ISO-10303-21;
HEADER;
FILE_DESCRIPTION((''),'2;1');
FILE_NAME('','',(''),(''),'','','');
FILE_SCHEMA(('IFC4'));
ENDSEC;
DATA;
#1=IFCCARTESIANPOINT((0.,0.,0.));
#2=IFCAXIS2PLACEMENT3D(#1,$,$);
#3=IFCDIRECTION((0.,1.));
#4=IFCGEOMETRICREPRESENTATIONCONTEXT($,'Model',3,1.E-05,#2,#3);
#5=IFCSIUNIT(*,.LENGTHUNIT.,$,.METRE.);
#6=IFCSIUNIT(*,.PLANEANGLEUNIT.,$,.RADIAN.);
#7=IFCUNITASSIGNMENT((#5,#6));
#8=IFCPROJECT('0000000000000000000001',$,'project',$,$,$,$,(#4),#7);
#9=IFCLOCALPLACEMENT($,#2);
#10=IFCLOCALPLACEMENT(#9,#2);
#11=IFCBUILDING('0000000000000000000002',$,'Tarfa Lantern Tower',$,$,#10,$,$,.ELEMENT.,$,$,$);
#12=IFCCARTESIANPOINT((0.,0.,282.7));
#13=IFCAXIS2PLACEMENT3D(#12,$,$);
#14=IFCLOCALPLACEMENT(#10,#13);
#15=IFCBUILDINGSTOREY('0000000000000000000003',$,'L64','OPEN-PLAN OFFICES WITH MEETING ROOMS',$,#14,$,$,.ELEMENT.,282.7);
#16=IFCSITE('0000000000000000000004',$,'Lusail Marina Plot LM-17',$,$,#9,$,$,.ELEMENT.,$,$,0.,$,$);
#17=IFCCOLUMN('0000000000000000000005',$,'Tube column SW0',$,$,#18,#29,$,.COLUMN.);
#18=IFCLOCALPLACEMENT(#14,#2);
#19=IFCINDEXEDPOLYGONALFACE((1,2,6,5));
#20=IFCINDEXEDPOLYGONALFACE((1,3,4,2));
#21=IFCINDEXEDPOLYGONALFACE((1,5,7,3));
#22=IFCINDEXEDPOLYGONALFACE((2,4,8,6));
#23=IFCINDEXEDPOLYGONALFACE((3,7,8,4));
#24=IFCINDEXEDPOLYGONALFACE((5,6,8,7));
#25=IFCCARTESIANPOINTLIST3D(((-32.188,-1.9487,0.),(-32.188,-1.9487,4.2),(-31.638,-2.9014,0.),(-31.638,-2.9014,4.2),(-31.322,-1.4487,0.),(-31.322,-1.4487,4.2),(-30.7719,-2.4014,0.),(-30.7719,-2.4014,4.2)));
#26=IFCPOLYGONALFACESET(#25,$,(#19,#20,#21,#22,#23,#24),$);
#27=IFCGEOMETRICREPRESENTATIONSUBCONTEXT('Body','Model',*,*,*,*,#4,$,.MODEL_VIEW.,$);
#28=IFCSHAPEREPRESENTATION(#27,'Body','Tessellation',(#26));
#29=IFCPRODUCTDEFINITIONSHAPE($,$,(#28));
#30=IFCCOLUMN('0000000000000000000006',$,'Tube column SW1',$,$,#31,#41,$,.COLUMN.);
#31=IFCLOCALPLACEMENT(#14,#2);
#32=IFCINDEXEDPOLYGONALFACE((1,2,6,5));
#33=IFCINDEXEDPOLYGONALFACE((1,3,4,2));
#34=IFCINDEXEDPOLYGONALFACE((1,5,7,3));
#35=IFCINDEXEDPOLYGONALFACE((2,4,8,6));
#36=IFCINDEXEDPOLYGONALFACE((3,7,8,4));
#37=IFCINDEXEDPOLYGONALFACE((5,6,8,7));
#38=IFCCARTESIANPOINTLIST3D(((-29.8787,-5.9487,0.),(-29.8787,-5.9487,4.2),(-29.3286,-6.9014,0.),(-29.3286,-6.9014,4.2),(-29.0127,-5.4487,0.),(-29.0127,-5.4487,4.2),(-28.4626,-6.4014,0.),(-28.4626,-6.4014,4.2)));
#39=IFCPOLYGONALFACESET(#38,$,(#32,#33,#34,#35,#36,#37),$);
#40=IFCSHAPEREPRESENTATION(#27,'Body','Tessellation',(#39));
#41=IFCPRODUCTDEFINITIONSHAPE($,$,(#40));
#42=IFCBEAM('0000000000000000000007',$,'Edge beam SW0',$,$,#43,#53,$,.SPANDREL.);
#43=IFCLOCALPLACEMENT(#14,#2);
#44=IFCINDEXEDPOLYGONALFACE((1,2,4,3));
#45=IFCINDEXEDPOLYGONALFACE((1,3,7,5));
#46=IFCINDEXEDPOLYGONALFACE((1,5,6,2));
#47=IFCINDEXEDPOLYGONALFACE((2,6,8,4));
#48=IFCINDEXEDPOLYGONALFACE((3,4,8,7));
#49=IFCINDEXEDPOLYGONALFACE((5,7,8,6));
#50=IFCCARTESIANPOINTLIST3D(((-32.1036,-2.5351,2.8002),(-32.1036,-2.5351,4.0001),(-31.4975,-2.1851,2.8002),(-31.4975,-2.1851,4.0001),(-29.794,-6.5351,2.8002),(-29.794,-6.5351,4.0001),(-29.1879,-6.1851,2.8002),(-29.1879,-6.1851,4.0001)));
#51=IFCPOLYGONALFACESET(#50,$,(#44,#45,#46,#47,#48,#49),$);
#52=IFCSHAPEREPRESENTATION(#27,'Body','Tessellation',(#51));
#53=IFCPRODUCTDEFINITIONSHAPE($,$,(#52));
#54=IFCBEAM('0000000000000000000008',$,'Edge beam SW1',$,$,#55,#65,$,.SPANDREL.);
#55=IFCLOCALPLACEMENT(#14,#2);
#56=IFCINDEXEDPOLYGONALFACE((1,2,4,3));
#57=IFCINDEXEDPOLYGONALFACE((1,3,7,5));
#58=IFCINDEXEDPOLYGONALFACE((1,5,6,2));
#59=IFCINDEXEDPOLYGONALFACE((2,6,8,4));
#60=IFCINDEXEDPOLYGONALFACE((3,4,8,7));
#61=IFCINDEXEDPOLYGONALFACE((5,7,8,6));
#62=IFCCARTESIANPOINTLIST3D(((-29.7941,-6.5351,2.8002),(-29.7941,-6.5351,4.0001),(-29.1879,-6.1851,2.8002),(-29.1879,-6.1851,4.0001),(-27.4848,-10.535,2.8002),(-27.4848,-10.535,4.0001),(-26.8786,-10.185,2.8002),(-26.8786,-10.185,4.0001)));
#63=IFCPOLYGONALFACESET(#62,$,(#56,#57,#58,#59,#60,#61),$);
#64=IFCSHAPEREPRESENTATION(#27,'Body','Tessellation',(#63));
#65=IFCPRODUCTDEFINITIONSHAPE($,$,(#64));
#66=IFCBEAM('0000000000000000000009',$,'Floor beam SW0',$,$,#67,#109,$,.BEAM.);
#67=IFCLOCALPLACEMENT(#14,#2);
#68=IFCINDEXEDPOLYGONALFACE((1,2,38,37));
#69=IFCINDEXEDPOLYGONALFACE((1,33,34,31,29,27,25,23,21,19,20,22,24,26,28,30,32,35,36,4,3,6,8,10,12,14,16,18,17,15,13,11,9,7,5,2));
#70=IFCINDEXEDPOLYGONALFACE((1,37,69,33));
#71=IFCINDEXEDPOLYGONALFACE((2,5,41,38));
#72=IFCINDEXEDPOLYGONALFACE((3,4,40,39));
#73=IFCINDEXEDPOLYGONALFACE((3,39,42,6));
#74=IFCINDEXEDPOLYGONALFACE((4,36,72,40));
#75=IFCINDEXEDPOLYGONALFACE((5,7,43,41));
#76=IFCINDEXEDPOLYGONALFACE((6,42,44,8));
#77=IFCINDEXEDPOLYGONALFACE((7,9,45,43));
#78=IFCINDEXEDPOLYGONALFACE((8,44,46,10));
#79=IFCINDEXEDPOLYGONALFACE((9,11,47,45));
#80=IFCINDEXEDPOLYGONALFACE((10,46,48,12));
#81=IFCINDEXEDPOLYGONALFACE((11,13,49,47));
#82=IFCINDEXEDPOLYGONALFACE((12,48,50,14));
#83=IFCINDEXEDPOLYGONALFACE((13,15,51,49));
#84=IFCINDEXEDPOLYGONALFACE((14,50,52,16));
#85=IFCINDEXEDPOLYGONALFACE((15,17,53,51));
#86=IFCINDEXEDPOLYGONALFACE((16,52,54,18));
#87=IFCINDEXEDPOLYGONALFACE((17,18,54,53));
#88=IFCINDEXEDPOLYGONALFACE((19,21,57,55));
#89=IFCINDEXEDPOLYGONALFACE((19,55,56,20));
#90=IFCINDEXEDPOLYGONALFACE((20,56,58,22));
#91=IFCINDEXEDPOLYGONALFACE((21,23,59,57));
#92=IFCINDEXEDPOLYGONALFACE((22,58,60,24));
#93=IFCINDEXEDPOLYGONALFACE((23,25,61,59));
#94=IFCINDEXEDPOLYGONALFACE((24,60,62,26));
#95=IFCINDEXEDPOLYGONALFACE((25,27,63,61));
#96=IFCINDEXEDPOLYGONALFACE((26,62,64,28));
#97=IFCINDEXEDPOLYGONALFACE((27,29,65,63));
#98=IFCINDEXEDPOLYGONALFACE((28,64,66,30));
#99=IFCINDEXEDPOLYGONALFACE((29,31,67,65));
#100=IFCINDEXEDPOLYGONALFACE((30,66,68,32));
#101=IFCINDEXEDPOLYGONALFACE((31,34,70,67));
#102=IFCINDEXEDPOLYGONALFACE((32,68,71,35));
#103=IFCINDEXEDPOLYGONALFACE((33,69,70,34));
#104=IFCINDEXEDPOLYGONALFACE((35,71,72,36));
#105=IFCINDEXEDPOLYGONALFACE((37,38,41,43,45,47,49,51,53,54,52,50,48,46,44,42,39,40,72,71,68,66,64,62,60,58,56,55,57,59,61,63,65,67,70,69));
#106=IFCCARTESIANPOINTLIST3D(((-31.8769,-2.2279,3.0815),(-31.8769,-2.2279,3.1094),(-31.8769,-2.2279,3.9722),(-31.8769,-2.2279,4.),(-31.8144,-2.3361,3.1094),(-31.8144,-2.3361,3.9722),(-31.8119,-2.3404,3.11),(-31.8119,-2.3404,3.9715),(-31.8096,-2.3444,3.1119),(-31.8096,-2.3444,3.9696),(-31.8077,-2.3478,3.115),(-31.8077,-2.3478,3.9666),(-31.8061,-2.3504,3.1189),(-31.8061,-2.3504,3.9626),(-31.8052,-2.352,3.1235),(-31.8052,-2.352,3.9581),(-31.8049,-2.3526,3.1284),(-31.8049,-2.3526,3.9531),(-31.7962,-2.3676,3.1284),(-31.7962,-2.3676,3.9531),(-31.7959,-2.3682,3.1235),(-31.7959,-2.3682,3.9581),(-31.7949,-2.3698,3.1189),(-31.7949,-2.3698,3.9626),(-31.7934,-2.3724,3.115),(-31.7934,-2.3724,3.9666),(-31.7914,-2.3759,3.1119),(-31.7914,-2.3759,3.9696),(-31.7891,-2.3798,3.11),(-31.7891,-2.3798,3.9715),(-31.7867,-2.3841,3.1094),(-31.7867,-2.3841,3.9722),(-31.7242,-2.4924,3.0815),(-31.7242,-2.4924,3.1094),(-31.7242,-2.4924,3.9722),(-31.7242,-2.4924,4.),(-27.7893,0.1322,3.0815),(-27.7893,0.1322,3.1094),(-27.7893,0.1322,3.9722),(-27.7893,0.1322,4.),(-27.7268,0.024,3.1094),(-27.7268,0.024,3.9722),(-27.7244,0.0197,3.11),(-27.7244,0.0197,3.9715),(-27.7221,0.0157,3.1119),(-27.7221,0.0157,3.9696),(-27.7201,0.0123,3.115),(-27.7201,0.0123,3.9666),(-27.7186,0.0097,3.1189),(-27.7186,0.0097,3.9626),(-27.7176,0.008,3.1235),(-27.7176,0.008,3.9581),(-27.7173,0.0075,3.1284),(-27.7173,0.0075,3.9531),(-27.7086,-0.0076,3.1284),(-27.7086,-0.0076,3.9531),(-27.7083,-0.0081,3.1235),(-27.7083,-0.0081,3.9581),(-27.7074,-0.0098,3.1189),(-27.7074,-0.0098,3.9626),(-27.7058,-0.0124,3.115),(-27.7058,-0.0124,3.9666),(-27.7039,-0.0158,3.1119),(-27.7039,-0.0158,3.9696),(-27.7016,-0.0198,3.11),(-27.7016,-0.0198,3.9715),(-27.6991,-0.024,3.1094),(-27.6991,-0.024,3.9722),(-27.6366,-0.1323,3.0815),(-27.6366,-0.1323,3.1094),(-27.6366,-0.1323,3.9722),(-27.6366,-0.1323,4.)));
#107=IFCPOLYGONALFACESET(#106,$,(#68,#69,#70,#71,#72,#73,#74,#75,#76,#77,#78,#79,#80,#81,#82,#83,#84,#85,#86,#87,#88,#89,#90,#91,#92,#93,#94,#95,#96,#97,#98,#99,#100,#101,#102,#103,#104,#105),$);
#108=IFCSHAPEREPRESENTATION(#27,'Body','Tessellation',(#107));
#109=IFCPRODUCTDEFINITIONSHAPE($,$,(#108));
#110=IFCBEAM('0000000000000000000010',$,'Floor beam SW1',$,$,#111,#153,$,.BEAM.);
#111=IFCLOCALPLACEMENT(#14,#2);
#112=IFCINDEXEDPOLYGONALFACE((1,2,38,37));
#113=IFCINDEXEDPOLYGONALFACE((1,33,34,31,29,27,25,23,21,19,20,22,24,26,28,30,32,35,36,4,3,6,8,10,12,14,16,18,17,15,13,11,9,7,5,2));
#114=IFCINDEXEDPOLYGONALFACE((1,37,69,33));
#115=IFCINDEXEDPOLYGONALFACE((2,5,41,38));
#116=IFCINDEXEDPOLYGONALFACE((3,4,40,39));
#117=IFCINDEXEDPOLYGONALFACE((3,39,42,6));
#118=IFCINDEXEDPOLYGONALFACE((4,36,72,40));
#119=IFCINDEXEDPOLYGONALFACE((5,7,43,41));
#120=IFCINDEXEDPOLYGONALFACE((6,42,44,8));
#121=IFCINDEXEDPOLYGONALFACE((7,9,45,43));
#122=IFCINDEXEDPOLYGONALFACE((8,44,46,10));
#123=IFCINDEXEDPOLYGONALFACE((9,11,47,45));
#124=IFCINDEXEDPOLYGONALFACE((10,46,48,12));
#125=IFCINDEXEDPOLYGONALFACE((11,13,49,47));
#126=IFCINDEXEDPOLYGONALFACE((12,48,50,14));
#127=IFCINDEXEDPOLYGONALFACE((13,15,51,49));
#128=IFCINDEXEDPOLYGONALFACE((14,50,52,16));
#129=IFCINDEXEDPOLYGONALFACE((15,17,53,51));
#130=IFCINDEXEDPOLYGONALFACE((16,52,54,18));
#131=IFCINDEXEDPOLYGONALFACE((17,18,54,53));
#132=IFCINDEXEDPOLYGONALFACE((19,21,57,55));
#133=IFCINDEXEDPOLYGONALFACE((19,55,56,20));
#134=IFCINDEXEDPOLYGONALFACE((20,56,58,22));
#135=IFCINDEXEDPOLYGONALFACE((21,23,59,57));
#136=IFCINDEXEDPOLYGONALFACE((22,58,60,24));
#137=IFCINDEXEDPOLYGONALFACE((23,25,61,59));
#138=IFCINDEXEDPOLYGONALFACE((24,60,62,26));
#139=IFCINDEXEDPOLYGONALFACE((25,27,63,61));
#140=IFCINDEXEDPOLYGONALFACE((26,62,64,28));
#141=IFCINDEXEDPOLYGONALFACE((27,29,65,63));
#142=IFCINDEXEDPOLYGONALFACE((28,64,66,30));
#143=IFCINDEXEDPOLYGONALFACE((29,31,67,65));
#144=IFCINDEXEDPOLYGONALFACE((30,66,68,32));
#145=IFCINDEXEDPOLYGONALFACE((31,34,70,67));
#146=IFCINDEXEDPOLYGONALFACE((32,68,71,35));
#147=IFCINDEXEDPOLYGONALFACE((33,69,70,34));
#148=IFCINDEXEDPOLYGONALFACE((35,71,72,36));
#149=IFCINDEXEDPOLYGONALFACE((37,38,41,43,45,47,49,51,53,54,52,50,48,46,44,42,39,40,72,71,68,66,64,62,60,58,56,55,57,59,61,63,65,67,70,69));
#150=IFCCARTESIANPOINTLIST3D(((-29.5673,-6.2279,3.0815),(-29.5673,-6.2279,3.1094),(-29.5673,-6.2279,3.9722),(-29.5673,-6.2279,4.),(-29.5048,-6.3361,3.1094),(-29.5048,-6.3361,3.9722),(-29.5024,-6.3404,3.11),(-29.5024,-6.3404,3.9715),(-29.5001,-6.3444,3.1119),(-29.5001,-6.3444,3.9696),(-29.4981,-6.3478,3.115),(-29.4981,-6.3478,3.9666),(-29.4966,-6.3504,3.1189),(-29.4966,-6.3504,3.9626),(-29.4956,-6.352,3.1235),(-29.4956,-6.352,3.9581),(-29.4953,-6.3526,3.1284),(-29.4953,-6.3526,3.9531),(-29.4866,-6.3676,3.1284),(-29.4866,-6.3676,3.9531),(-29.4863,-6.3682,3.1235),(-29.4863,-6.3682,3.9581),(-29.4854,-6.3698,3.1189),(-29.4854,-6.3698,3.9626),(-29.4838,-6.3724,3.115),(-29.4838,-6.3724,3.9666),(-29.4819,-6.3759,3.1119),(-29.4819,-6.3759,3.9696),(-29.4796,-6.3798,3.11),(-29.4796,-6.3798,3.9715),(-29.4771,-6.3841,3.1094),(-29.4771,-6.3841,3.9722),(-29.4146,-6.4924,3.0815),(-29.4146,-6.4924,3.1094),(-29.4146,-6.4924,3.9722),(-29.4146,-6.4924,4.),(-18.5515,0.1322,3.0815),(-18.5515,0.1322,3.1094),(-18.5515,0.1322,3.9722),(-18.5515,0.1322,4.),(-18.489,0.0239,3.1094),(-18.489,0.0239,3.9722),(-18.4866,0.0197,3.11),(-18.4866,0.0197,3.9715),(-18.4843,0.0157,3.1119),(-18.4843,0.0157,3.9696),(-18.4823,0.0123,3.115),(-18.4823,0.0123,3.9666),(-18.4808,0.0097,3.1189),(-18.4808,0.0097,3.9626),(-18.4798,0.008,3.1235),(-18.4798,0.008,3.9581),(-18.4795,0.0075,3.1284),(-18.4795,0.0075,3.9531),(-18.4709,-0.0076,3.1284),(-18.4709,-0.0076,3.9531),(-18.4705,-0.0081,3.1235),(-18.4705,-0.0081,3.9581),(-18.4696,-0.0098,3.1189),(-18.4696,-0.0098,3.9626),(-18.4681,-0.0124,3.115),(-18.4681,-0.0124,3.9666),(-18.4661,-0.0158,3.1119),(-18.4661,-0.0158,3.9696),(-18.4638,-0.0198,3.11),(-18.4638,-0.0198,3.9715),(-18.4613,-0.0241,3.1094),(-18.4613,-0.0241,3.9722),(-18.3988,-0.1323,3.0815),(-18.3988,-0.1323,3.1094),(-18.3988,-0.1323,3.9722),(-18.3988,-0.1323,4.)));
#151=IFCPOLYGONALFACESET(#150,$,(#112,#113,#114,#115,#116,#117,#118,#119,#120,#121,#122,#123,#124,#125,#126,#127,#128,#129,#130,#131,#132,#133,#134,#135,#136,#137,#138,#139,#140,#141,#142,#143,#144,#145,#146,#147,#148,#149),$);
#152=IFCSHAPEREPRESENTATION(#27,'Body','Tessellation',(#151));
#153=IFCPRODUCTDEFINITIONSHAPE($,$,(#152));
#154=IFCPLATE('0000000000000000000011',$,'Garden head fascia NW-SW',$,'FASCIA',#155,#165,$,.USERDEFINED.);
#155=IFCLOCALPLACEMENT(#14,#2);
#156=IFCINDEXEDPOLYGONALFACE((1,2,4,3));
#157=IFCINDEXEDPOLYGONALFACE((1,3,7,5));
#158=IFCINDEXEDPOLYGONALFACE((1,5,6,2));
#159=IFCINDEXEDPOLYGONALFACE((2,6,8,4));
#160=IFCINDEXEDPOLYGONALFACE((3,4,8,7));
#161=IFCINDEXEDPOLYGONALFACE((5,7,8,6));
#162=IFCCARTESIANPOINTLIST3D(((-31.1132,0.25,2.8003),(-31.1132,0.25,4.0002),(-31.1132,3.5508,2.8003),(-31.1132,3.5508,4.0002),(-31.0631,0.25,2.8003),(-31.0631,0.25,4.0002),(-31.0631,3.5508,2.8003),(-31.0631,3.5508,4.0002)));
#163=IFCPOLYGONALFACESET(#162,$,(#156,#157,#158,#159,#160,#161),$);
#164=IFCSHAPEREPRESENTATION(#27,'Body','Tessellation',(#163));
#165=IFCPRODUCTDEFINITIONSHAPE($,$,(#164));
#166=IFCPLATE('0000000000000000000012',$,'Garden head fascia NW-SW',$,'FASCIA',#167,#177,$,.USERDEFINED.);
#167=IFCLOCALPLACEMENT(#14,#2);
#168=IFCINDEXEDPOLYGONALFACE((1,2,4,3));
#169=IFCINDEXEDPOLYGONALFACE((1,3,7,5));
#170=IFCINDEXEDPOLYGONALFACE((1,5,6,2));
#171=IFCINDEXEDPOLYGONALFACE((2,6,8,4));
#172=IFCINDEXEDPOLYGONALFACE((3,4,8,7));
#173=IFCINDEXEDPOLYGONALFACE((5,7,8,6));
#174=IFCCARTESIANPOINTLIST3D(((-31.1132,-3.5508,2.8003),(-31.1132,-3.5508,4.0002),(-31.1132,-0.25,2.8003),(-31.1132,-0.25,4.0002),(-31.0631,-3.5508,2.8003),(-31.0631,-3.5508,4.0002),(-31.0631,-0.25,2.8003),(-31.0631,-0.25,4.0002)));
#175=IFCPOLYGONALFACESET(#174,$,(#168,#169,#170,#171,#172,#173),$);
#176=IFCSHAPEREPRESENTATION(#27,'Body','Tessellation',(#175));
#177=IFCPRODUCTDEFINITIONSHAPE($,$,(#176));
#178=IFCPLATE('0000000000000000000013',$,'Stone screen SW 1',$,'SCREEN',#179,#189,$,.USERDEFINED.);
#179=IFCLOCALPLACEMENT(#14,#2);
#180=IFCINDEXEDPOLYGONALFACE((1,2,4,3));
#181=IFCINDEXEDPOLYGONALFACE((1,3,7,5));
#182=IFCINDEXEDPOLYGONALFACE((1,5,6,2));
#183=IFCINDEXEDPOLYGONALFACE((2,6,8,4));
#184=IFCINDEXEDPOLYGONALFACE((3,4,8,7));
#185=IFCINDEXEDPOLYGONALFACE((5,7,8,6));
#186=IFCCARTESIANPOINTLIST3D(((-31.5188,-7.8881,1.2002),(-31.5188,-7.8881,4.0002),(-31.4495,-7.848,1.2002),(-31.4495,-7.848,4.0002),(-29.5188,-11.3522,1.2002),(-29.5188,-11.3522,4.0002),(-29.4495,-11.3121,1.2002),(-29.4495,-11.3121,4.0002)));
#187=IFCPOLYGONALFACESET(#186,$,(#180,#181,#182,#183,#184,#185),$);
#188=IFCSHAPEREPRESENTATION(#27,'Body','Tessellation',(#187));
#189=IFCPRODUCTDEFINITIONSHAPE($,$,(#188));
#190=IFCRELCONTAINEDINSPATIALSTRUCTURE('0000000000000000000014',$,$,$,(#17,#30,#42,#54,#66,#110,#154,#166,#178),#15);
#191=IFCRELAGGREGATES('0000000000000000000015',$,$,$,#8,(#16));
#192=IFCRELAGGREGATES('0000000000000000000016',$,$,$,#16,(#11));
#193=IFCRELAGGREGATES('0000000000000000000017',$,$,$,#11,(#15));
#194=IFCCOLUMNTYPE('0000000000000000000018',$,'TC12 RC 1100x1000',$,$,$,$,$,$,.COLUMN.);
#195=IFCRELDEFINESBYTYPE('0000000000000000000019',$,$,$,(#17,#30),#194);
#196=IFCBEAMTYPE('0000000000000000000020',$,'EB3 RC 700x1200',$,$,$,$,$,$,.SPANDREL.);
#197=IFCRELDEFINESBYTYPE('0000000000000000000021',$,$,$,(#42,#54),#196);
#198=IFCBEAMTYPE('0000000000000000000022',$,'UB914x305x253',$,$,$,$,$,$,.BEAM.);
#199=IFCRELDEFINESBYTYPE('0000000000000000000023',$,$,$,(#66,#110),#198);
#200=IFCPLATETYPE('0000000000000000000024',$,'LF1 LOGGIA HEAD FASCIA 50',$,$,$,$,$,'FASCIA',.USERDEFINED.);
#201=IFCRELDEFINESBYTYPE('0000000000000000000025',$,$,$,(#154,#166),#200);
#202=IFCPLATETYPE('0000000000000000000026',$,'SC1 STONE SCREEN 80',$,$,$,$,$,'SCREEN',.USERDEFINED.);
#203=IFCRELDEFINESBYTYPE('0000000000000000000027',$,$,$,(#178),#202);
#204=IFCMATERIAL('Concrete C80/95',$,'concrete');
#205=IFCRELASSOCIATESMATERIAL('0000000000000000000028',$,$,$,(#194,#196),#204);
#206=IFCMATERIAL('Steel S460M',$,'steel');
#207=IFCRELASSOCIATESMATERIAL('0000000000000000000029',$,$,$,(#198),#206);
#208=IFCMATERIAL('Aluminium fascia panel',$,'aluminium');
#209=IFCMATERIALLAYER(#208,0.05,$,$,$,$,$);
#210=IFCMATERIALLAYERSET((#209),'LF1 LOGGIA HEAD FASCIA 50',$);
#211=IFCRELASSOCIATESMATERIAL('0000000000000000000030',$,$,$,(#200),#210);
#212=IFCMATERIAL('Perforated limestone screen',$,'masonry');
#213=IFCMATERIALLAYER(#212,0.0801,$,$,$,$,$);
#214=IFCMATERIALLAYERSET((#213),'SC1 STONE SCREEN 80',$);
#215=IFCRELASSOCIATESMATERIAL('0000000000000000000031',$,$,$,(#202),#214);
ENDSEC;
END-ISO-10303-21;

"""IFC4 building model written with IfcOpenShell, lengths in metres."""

from ifc_helpers import new_model, si_unit, direction, frame, origin, origin_2d, place, context, subcontext, project, spatial, rectangle, i_section, extrude, material, layer, layer_set, material_profile, profile_set, type_object, element, save


model = new_model("IFC4")

# Units and contexts
model_context = context("Model", 3, precision=1e-05, world=origin(), true_north=direction((0.0, 1.0)))
body_context = subcontext(model_context, "Body", "Model", "MODEL_VIEW")
ifc_project = project(units=[si_unit("LENGTHUNIT", "METRE"), si_unit("PLANEANGLEUNIT", "RADIAN")], contexts=[model_context])

# Site, building, storey
site_placement = place(None, origin())
site = spatial("IfcSite", under=ifc_project, at=site_placement, Name="Lusail Marina Plot LM-17", CompositionType="ELEMENT", RefElevation=0.0)
building_placement = place(site_placement, origin())
building = spatial("IfcBuilding", under=site, at=building_placement, Name="Tarfa Lantern Tower", CompositionType="ELEMENT")
storey_placement = place(building_placement, frame((0.0, 0.0, 282.7)))
storey = spatial("IfcBuildingStorey", under=building, at=storey_placement, Name="L64", Description="OPEN-PLAN OFFICES WITH MEETING ROOMS", CompositionType="ELEMENT", Elevation=282.7)

# Columns
ifc_material_1 = material(Name="Concrete C80/95", Category="concrete")
ifc_material_profile_1 = material_profile(ifc_material_1, rectangle(XDim=1.1001, YDim=1.0, at=origin_2d()), Name="RC 1100x1000")
ifc_profile_set_1 = profile_set([ifc_material_profile_1], Name="Concrete C80/95")
column_type = type_object("IfcColumnType", Name="TC12 RC 1100x1000", PredefinedType="COLUMN", material=ifc_profile_set_1)
for number, where, z_axis, x_axis, name in (
    (1, (-31.48, -2.175, 0.0), (0.0, 0.0, 1.0), (0.5, -0.866025, 0.0), "Tube column SW0"),
    (2, (-29.1707, -6.175, 0.0), (0.0, 0.0, 1.0), (0.5, -0.866025, 0.0), "Tube column SW1"),
):
    element("IfcColumn", number, at=place(storey_placement, frame(where, z_axis=z_axis, x_axis=x_axis)), inside=storey, type_object=column_type, Name=name, PredefinedType="COLUMN", context=body_context, shape_type="SweptSolid", body=[
        extrude(rectangle(XDim=1.1001, YDim=1.0, at=origin_2d()), origin(), (0.0, 0.0, 1.0), 4.2),
    ])

# Beams
ifc_material_profile_2 = material_profile(ifc_material_1, rectangle(XDim=0.7, YDim=1.2, at=origin_2d()), Name="RC 700x1200")
ifc_profile_set_2 = profile_set([ifc_material_profile_2], Name="Concrete C80/95")
beam_type_1 = type_object("IfcBeamType", Name="EB3 RC 700x1200", PredefinedType="SPANDREL", material=ifc_profile_set_2)
beam_1_placement = place(storey_placement, frame((-31.8005, -2.3601, 3.4001), z_axis=(0.500027, -0.86601, 0.0), x_axis=(0.86601, 0.500027, 0.0)))
element("IfcBeam", 3, at=beam_1_placement, inside=storey, type_object=beam_type_1, Name="Edge beam SW0", PredefinedType="SPANDREL", context=body_context, shape_type="SweptSolid", body=[
    extrude(rectangle(XDim=0.7, YDim=1.2, at=origin_2d()), origin(), (0.0, 0.0, 1.0), 4.6189),
])
beam_2_placement = place(storey_placement, frame((-29.491, -6.3601, 3.4001), z_axis=(0.499988, -0.866032, 0.0), x_axis=(0.866032, 0.499988, 0.0)))
element("IfcBeam", 4, at=beam_2_placement, inside=storey, type_object=beam_type_1, Name="Edge beam SW1", PredefinedType="SPANDREL", context=body_context, shape_type="SweptSolid", body=[
    extrude(rectangle(XDim=0.7, YDim=1.2, at=origin_2d()), origin(), (0.0, 0.0, 1.0), 4.6187),
])
ifc_material_2 = material(Name="Steel S460M", Category="steel")
ifc_material_profile_3 = material_profile(ifc_material_2, i_section(OverallWidth=0.3054, OverallDepth=0.9185, WebThickness=0.0173, FlangeThickness=0.0278, FilletRadius=0.019, at=origin_2d()), Name="UB914x305x253")
ifc_profile_set_3 = profile_set([ifc_material_profile_3], Name="Steel S460M")
beam_type_2 = type_object("IfcBeamType", Name="UB914x305x253", PredefinedType="BEAM", material=ifc_profile_set_3)
beam_3_placement = place(storey_placement, frame((-31.8005, -2.3601, 3.5408), z_axis=(0.866016, 0.500016, 0.0), x_axis=(-0.500016, 0.866016, 0.0)))
element("IfcBeam", 5, at=beam_3_placement, inside=storey, type_object=beam_type_2, Name="Floor beam SW0", PredefinedType="BEAM", context=body_context, shape_type="SweptSolid", body=[
    extrude(i_section(OverallWidth=0.3054, OverallDepth=0.9185, WebThickness=0.0173, FlangeThickness=0.0278, FilletRadius=0.019, at=origin_2d()), origin(), (0.0, 0.0, 1.0), 4.72),
])
beam_4_placement = place(storey_placement, frame((-29.491, -6.3601, 3.5408), z_axis=(0.866022, 0.500005, 0.0), x_axis=(-0.500005, 0.866022, 0.0)))
element("IfcBeam", 6, at=beam_4_placement, inside=storey, type_object=beam_type_2, Name="Floor beam SW1", PredefinedType="BEAM", context=body_context, shape_type="SweptSolid", body=[
    extrude(i_section(OverallWidth=0.3054, OverallDepth=0.9185, WebThickness=0.0173, FlangeThickness=0.0278, FilletRadius=0.019, at=origin_2d()), origin(), (0.0, 0.0, 1.0), 12.72),
])

# Plates
ifc_material_3 = material(Name="Aluminium fascia panel", Category="aluminium")
ifc_layer_1 = layer(ifc_material_3, 0.05)
ifc_layer_set_1 = layer_set([ifc_layer_1], Name="LF1 LOGGIA HEAD FASCIA 50")
plate_type_1 = type_object("IfcPlateType", Name="LF1 LOGGIA HEAD FASCIA 50", ElementType="FASCIA", PredefinedType="USERDEFINED", material=ifc_layer_set_1)
for number, where, z_axis, x_axis, name in (
    (7, (-31.0881, 1.9004, 2.8003), (0.0, 0.0, 1.0), (0.0, -1.0, 0.0), "Garden head fascia NW-SW"),
    (8, (-31.0881, -1.9004, 2.8003), (0.0, 0.0, 1.0), (0.0, -1.0, 0.0), "Garden head fascia NW-SW"),
):
    element("IfcPlate", number, at=place(storey_placement, frame(where, z_axis=z_axis, x_axis=x_axis)), inside=storey, type_object=plate_type_1, Name=name, ObjectType="FASCIA", PredefinedType="USERDEFINED", context=body_context, shape_type="SweptSolid", body=[
        extrude(rectangle(XDim=3.3008, YDim=0.05, at=origin_2d()), origin(), (0.0, 0.0, 1.0), 1.2),
    ])
ifc_material_4 = material(Name="Perforated limestone screen", Category="masonry")
ifc_layer_2 = layer(ifc_material_4, 0.0801)
ifc_layer_set_2 = layer_set([ifc_layer_2], Name="SC1 STONE SCREEN 80")
plate_type_2 = type_object("IfcPlateType", Name="SC1 STONE SCREEN 80", ElementType="SCREEN", PredefinedType="USERDEFINED", material=ifc_layer_set_2)
plate_placement = place(storey_placement, frame((-30.4841, -9.6001, 1.2002), z_axis=(0.0, 0.0, 1.0), x_axis=(0.5, -0.866025, 0.0)))
element("IfcPlate", 9, at=plate_placement, inside=storey, type_object=plate_type_2, Name="Stone screen SW 1", ObjectType="SCREEN", PredefinedType="USERDEFINED", context=body_context, shape_type="SweptSolid", body=[
    extrude(rectangle(XDim=4.0, YDim=0.0801, at=origin_2d()), origin(), (0.0, 0.0, 1.0), 2.8),
])

save(model, "model.ifc")
